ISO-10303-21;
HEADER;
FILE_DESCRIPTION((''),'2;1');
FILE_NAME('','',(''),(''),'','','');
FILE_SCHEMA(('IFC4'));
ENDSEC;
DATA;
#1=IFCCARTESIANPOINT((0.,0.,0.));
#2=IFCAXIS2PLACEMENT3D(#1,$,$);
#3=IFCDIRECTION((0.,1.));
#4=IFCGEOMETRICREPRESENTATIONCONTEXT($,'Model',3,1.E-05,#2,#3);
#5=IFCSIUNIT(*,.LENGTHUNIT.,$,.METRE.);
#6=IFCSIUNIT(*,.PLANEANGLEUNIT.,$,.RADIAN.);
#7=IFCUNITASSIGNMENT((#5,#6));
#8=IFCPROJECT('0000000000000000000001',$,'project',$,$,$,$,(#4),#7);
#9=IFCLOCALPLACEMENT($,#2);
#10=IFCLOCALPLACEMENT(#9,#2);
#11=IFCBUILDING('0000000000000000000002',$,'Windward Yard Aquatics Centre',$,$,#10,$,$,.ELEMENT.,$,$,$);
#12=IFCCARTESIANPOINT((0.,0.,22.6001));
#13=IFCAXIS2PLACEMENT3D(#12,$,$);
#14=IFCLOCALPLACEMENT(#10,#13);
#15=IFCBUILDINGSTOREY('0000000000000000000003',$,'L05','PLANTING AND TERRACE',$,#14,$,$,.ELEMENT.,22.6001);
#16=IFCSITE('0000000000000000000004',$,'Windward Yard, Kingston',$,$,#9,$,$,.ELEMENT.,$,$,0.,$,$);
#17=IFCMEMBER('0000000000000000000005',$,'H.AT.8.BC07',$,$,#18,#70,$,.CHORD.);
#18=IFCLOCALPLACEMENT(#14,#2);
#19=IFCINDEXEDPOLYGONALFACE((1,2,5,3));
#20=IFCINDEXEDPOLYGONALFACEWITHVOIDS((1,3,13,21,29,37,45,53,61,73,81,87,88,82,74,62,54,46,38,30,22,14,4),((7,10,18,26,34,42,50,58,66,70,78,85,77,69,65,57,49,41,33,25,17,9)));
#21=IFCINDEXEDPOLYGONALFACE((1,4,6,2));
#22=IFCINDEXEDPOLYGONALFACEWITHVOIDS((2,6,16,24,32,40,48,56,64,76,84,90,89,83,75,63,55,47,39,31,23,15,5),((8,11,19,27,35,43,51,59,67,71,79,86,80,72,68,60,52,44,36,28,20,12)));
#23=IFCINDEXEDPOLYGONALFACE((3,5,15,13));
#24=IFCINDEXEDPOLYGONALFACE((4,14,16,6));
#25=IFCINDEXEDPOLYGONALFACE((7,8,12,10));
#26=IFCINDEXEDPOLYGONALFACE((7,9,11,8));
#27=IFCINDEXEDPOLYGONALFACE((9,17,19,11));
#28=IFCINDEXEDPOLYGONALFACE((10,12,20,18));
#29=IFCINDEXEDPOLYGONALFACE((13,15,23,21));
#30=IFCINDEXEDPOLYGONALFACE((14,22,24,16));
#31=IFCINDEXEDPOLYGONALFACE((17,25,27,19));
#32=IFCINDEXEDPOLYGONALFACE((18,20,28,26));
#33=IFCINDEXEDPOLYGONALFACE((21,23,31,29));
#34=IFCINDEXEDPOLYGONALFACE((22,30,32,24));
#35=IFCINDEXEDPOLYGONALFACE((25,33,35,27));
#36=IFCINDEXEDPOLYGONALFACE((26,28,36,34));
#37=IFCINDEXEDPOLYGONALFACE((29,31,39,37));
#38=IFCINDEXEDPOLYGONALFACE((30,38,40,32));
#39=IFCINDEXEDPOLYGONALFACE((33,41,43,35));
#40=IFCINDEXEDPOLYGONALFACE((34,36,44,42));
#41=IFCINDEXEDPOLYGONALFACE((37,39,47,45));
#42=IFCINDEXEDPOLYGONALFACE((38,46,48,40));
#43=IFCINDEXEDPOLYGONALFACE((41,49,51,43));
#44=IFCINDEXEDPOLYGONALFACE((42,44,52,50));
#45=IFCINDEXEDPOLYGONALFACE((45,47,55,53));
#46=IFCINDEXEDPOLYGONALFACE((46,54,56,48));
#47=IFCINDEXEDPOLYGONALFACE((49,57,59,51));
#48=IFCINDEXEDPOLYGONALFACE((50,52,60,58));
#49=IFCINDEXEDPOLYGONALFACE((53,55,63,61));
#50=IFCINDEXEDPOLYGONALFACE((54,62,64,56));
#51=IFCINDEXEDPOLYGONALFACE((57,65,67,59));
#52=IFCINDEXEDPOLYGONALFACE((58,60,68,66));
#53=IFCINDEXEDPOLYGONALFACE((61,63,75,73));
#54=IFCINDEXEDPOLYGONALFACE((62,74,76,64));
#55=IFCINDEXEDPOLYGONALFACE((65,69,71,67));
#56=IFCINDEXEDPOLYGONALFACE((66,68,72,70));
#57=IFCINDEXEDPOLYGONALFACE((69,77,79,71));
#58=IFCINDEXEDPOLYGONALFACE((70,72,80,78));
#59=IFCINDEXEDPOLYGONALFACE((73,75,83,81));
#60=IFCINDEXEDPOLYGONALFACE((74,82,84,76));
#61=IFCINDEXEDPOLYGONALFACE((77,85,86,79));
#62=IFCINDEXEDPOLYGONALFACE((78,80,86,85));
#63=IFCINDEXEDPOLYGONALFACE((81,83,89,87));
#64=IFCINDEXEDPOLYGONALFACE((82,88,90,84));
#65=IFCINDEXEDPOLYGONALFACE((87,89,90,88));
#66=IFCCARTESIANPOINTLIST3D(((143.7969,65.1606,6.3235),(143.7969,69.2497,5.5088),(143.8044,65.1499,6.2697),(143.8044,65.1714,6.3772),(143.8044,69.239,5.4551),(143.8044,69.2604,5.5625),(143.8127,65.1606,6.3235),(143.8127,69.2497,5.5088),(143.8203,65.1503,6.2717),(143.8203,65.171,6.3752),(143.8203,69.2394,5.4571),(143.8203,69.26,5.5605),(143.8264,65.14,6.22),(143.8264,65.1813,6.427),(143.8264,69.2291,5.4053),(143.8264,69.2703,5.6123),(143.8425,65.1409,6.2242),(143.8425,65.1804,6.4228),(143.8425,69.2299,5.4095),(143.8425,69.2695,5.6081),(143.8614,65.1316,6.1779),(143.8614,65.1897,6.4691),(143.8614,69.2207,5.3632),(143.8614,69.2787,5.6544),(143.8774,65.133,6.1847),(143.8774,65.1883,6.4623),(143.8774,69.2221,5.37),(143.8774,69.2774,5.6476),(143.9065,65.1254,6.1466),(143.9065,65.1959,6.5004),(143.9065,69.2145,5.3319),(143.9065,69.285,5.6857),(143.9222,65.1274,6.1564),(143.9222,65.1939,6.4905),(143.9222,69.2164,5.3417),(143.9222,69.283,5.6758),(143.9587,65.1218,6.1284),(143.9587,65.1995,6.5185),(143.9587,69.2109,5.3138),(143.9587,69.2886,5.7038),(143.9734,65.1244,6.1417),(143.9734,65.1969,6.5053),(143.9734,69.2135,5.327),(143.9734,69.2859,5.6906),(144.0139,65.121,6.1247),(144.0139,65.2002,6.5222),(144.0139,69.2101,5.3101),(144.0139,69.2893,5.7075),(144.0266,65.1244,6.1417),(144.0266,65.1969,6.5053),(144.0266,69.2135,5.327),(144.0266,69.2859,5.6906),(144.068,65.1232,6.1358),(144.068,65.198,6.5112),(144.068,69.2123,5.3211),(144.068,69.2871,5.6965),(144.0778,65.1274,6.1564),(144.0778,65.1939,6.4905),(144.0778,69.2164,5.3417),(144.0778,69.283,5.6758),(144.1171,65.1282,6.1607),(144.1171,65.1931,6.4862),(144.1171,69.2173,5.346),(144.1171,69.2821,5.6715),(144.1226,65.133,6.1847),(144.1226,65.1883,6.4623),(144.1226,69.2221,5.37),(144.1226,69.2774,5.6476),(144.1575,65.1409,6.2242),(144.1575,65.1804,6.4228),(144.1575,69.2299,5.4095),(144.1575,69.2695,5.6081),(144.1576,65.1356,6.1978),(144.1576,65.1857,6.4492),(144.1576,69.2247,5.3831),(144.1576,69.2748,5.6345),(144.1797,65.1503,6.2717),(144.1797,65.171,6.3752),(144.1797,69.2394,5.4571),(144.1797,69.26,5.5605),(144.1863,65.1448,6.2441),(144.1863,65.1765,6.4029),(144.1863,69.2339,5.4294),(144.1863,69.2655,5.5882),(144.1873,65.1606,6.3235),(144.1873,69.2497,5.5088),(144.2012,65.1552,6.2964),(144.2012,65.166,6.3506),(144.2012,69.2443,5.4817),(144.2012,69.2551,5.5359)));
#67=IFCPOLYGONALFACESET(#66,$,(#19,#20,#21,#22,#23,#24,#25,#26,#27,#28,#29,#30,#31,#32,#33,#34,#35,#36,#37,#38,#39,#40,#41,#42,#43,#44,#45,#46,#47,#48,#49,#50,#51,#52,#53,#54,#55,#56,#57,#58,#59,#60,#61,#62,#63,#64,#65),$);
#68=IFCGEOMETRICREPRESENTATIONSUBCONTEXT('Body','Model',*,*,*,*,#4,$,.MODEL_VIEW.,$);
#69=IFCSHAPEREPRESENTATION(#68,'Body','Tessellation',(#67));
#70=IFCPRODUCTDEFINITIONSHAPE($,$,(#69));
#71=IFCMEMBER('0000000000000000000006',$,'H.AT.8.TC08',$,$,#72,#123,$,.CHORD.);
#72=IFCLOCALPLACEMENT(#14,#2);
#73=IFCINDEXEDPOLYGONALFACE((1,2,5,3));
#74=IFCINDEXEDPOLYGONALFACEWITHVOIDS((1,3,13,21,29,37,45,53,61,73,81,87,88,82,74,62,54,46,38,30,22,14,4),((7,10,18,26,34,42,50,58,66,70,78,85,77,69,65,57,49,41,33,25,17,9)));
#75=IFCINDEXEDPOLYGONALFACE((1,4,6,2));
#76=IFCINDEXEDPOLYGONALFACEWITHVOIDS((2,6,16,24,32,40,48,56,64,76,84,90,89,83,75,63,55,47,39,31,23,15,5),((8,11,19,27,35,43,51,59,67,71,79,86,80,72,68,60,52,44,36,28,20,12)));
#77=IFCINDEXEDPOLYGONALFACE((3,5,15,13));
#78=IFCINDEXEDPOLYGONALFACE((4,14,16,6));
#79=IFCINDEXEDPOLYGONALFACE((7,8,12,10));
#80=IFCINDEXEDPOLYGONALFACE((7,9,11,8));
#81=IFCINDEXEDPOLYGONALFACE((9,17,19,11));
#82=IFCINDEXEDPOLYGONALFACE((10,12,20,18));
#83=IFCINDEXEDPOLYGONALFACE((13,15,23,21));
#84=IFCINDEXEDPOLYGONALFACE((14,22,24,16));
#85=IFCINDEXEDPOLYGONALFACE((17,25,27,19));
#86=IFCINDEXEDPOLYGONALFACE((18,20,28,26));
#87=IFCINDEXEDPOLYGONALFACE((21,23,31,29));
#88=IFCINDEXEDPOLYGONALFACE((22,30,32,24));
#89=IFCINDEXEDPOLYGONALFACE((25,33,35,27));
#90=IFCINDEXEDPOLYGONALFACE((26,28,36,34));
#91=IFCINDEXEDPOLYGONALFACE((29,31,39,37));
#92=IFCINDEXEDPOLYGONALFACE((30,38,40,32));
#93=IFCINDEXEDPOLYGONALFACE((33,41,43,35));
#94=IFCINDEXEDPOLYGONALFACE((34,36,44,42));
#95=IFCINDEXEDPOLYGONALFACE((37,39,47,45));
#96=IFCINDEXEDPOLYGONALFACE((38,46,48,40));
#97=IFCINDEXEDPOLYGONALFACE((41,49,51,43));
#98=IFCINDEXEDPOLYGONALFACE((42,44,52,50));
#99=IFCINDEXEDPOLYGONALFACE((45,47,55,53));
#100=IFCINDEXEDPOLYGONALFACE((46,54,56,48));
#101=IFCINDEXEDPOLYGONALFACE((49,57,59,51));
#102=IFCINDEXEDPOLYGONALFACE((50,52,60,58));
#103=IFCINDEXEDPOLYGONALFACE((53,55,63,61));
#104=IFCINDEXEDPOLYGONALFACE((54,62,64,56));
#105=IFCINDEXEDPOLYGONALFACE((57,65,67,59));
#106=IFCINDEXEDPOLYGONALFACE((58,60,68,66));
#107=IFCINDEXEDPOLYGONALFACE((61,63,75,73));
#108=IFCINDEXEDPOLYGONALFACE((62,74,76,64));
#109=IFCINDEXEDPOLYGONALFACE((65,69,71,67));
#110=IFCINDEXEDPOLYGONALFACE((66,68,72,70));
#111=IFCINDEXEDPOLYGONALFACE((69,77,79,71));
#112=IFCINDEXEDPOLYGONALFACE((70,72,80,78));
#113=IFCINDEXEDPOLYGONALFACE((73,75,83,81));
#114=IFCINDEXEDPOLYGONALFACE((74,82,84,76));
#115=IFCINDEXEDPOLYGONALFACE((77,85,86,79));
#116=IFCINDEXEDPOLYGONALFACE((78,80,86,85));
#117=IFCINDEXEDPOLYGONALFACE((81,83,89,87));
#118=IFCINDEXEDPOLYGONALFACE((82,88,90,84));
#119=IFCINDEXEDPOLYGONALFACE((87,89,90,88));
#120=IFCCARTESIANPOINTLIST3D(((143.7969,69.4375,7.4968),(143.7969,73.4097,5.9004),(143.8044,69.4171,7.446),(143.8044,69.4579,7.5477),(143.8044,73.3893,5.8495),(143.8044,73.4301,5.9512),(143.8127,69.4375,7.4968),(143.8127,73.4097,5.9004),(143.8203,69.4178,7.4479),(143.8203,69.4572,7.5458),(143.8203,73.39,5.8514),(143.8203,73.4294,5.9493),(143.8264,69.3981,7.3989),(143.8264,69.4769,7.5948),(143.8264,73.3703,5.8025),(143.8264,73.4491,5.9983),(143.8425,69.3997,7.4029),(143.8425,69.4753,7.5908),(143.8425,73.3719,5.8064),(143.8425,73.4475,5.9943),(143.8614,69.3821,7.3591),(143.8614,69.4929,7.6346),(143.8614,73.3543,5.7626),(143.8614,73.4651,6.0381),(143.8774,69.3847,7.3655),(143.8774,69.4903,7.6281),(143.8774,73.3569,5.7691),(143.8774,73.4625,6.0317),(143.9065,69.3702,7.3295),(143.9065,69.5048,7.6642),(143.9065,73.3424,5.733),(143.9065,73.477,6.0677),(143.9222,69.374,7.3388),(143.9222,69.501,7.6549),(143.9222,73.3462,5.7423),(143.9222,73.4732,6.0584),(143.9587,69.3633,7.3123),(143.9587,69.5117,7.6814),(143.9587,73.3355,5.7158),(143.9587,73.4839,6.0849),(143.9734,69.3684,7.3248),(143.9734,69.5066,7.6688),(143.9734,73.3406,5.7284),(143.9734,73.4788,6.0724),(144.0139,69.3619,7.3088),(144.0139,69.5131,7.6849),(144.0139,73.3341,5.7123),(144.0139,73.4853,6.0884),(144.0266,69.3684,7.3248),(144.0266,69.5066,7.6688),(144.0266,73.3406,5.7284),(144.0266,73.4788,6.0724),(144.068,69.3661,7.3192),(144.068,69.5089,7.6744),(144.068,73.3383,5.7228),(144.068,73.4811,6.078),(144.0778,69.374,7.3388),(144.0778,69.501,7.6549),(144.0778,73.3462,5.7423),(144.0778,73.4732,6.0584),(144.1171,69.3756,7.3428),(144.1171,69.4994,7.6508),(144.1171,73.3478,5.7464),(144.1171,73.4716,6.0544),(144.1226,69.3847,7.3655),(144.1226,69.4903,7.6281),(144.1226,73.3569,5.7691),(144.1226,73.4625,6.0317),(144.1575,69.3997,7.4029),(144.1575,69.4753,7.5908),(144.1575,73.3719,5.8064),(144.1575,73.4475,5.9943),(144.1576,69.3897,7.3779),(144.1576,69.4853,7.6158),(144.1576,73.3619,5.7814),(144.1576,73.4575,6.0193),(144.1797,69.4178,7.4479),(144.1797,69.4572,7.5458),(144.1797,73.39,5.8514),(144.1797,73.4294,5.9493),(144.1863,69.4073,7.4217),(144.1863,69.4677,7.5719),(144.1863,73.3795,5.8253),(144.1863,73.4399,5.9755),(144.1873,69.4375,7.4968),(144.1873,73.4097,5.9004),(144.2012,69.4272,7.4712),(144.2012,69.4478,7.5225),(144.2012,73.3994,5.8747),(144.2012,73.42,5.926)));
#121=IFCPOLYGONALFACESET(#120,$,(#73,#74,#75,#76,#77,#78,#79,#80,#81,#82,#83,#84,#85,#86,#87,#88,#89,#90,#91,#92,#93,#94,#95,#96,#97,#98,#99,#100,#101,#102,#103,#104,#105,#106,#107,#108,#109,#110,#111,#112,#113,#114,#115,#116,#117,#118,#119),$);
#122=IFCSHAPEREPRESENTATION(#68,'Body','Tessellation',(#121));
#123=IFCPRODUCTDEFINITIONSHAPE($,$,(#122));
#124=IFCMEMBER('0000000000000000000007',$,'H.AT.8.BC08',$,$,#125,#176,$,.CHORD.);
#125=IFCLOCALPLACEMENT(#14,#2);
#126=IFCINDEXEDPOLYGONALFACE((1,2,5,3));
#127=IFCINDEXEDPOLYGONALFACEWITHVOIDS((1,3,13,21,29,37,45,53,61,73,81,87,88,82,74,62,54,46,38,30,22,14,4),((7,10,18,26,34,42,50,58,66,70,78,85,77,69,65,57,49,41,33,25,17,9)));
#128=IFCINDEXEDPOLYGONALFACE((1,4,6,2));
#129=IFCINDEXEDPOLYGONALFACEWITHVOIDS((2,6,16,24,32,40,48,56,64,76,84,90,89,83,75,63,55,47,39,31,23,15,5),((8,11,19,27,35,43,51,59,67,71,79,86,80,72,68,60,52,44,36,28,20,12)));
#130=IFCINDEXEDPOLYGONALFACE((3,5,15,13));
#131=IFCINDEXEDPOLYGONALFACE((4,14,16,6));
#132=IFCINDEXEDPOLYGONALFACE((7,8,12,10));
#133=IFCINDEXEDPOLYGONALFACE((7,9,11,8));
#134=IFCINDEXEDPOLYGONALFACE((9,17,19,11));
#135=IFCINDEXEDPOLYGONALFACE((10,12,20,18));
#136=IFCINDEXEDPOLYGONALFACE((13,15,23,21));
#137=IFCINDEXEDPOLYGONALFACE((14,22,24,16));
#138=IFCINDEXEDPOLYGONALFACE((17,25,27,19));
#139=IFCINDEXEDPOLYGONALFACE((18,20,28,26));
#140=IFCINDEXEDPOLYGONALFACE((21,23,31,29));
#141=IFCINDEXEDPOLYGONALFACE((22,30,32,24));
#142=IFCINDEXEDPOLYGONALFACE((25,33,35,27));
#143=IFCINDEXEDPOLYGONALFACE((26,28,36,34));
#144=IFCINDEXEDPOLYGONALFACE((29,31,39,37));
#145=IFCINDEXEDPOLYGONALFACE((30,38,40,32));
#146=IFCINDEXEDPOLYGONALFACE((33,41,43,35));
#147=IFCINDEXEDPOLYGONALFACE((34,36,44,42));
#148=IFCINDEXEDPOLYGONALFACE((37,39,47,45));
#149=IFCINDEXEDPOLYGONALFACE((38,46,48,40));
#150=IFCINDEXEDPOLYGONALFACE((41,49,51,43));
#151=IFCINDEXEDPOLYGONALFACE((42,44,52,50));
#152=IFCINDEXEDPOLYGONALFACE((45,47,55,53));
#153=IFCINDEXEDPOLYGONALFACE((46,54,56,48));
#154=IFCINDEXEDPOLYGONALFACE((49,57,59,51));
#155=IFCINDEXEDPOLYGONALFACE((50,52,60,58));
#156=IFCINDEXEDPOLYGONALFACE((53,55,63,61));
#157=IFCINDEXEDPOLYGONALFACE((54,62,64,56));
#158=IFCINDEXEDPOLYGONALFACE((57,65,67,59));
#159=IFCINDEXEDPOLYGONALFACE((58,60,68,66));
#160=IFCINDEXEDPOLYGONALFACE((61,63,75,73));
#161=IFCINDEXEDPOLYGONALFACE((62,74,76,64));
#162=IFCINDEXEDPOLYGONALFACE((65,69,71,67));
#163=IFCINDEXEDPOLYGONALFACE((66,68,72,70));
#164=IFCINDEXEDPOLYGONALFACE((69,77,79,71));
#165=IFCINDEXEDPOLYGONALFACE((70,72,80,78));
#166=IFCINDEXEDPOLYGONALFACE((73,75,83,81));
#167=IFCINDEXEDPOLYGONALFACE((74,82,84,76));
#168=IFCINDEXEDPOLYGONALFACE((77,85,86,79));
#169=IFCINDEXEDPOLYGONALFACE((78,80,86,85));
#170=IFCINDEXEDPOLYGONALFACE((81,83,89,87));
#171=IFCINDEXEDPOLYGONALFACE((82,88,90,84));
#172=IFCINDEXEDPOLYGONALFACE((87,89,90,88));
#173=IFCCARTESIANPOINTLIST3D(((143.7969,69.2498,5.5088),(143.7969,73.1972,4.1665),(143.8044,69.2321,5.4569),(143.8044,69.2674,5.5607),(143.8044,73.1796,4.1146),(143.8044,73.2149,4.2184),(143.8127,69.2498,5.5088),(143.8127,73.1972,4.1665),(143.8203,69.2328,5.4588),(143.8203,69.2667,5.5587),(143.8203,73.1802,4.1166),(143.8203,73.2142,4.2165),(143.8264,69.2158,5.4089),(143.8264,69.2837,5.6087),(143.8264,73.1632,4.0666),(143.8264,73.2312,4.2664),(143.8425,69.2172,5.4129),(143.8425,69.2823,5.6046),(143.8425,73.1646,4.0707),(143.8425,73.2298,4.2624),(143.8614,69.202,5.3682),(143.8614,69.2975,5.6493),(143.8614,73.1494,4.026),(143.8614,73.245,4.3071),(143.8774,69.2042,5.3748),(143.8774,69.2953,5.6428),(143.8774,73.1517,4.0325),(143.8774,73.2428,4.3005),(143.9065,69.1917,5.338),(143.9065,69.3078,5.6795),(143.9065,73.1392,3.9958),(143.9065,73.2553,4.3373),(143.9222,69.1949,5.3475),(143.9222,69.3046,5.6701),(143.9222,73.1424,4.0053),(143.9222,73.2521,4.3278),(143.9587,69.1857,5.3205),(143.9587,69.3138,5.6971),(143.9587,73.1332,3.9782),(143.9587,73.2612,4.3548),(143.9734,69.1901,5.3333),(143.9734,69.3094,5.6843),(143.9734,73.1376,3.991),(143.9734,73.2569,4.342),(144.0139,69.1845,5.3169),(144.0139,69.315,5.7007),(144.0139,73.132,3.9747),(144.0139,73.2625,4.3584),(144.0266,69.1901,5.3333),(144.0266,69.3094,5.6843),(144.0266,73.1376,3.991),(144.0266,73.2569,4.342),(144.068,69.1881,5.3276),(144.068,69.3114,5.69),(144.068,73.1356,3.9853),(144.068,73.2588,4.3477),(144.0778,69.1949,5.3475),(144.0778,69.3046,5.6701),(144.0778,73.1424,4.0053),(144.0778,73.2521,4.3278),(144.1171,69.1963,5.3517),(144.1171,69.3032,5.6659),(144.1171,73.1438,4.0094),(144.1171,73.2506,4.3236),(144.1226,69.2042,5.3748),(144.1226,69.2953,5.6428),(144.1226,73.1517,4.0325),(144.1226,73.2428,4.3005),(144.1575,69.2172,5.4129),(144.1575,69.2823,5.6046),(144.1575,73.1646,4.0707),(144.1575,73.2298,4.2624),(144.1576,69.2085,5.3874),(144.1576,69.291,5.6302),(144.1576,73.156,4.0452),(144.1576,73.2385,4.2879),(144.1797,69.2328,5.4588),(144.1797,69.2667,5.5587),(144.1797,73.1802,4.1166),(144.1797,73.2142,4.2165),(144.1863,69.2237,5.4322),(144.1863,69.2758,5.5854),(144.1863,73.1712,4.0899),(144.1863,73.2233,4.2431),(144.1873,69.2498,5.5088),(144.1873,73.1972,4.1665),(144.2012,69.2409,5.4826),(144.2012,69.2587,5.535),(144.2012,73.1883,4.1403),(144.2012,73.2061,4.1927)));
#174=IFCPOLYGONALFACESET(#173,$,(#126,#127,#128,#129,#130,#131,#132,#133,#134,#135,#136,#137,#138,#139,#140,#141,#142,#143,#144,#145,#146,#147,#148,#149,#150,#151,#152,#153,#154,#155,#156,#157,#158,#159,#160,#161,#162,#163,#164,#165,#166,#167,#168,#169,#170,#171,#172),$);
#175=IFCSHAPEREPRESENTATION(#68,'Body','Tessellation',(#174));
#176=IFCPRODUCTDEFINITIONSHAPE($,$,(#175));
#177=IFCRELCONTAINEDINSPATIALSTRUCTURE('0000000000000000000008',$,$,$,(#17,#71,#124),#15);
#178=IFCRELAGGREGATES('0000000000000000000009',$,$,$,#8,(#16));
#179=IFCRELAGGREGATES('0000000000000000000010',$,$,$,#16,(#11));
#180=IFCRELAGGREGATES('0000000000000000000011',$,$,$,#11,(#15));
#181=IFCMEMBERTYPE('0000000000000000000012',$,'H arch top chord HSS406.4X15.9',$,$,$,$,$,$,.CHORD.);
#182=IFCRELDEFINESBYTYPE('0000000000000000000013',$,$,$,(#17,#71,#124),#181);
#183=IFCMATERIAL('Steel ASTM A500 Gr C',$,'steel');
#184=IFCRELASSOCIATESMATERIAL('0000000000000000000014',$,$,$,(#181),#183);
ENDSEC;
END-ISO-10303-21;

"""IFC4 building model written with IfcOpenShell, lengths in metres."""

from ifc_helpers import new_model, si_unit, direction, frame, origin, origin_2d, place, context, subcontext, project, spatial, hollow_circle, extrude, material, material_profile, profile_set, type_object, element, save


model = new_model("IFC4")

# Units and contexts
model_context = context("Model", 3, precision=1e-05, world=origin(), true_north=direction((0.0, 1.0)))
body_context = subcontext(model_context, "Body", "Model", "MODEL_VIEW")
ifc_project = project(units=[si_unit("LENGTHUNIT", "METRE"), si_unit("PLANEANGLEUNIT", "RADIAN")], contexts=[model_context])

# Site, building, storey
site_placement = place(None, origin())
site = spatial("IfcSite", under=ifc_project, at=site_placement, Name="Windward Yard, Kingston", CompositionType="ELEMENT", RefElevation=0.0)
building_placement = place(site_placement, origin())
building = spatial("IfcBuilding", under=site, at=building_placement, Name="Windward Yard Aquatics Centre", CompositionType="ELEMENT")
storey_placement = place(building_placement, frame((0.0, 0.0, 22.6001)))
storey = spatial("IfcBuildingStorey", under=building, at=storey_placement, Name="L05", Description="PLANTING AND TERRACE", CompositionType="ELEMENT", Elevation=22.6001)

# Members
ifc_material_1 = material(Name="Steel ASTM A500 Gr C", Category="steel")
ifc_material_profile_1 = material_profile(ifc_material_1, hollow_circle(Radius=0.2031, WallThickness=0.0159, at=origin_2d()), Name="HSS406.4X15.9")
ifc_profile_set_1 = profile_set([ifc_material_profile_1], Name="Steel ASTM A500 Gr C")
member_type_1 = type_object("IfcMemberType", Name="H arch top chord HSS406.4X15.9", PredefinedType="CHORD", material=ifc_profile_set_1)
member_1_placement = place(storey_placement, frame((144.0, 65.1606, 6.3235), z_axis=(0.0, 0.980725, -0.195395), x_axis=(-1.0, 0.0, 0.0)))
element("IfcMember", 1, at=member_1_placement, inside=storey, type_object=member_type_1, Name="H.AT.8.BC07", PredefinedType="CHORD", context=body_context, shape_type="SweptSolid", body=[
    extrude(hollow_circle(Radius=0.2031, WallThickness=0.0159, at=origin_2d()), origin(), (0.0, 0.0, 1.0), 4.1694),
])
member_2_placement = place(storey_placement, frame((144.0, 69.4375, 7.4968), z_axis=(0.0, 0.927866, -0.372914), x_axis=(-1.0, 0.0, 0.0)))
element("IfcMember", 2, at=member_2_placement, inside=storey, type_object=member_type_1, Name="H.AT.8.TC08", PredefinedType="CHORD", context=body_context, shape_type="SweptSolid", body=[
    extrude(hollow_circle(Radius=0.2031, WallThickness=0.0159, at=origin_2d()), origin(), (0.0, 0.0, 1.0), 4.281),
])
member_3_placement = place(storey_placement, frame((144.0, 69.2498, 5.5088), z_axis=(0.0, 0.946763, -0.321931), x_axis=(-1.0, 0.0, 0.0)))
element("IfcMember", 3, at=member_3_placement, inside=storey, type_object=member_type_1, Name="H.AT.8.BC08", PredefinedType="CHORD", context=body_context, shape_type="SweptSolid", body=[
    extrude(hollow_circle(Radius=0.2031, WallThickness=0.0159, at=origin_2d()), origin(), (0.0, 0.0, 1.0), 4.1694),
])

save(model, "model.ifc")
